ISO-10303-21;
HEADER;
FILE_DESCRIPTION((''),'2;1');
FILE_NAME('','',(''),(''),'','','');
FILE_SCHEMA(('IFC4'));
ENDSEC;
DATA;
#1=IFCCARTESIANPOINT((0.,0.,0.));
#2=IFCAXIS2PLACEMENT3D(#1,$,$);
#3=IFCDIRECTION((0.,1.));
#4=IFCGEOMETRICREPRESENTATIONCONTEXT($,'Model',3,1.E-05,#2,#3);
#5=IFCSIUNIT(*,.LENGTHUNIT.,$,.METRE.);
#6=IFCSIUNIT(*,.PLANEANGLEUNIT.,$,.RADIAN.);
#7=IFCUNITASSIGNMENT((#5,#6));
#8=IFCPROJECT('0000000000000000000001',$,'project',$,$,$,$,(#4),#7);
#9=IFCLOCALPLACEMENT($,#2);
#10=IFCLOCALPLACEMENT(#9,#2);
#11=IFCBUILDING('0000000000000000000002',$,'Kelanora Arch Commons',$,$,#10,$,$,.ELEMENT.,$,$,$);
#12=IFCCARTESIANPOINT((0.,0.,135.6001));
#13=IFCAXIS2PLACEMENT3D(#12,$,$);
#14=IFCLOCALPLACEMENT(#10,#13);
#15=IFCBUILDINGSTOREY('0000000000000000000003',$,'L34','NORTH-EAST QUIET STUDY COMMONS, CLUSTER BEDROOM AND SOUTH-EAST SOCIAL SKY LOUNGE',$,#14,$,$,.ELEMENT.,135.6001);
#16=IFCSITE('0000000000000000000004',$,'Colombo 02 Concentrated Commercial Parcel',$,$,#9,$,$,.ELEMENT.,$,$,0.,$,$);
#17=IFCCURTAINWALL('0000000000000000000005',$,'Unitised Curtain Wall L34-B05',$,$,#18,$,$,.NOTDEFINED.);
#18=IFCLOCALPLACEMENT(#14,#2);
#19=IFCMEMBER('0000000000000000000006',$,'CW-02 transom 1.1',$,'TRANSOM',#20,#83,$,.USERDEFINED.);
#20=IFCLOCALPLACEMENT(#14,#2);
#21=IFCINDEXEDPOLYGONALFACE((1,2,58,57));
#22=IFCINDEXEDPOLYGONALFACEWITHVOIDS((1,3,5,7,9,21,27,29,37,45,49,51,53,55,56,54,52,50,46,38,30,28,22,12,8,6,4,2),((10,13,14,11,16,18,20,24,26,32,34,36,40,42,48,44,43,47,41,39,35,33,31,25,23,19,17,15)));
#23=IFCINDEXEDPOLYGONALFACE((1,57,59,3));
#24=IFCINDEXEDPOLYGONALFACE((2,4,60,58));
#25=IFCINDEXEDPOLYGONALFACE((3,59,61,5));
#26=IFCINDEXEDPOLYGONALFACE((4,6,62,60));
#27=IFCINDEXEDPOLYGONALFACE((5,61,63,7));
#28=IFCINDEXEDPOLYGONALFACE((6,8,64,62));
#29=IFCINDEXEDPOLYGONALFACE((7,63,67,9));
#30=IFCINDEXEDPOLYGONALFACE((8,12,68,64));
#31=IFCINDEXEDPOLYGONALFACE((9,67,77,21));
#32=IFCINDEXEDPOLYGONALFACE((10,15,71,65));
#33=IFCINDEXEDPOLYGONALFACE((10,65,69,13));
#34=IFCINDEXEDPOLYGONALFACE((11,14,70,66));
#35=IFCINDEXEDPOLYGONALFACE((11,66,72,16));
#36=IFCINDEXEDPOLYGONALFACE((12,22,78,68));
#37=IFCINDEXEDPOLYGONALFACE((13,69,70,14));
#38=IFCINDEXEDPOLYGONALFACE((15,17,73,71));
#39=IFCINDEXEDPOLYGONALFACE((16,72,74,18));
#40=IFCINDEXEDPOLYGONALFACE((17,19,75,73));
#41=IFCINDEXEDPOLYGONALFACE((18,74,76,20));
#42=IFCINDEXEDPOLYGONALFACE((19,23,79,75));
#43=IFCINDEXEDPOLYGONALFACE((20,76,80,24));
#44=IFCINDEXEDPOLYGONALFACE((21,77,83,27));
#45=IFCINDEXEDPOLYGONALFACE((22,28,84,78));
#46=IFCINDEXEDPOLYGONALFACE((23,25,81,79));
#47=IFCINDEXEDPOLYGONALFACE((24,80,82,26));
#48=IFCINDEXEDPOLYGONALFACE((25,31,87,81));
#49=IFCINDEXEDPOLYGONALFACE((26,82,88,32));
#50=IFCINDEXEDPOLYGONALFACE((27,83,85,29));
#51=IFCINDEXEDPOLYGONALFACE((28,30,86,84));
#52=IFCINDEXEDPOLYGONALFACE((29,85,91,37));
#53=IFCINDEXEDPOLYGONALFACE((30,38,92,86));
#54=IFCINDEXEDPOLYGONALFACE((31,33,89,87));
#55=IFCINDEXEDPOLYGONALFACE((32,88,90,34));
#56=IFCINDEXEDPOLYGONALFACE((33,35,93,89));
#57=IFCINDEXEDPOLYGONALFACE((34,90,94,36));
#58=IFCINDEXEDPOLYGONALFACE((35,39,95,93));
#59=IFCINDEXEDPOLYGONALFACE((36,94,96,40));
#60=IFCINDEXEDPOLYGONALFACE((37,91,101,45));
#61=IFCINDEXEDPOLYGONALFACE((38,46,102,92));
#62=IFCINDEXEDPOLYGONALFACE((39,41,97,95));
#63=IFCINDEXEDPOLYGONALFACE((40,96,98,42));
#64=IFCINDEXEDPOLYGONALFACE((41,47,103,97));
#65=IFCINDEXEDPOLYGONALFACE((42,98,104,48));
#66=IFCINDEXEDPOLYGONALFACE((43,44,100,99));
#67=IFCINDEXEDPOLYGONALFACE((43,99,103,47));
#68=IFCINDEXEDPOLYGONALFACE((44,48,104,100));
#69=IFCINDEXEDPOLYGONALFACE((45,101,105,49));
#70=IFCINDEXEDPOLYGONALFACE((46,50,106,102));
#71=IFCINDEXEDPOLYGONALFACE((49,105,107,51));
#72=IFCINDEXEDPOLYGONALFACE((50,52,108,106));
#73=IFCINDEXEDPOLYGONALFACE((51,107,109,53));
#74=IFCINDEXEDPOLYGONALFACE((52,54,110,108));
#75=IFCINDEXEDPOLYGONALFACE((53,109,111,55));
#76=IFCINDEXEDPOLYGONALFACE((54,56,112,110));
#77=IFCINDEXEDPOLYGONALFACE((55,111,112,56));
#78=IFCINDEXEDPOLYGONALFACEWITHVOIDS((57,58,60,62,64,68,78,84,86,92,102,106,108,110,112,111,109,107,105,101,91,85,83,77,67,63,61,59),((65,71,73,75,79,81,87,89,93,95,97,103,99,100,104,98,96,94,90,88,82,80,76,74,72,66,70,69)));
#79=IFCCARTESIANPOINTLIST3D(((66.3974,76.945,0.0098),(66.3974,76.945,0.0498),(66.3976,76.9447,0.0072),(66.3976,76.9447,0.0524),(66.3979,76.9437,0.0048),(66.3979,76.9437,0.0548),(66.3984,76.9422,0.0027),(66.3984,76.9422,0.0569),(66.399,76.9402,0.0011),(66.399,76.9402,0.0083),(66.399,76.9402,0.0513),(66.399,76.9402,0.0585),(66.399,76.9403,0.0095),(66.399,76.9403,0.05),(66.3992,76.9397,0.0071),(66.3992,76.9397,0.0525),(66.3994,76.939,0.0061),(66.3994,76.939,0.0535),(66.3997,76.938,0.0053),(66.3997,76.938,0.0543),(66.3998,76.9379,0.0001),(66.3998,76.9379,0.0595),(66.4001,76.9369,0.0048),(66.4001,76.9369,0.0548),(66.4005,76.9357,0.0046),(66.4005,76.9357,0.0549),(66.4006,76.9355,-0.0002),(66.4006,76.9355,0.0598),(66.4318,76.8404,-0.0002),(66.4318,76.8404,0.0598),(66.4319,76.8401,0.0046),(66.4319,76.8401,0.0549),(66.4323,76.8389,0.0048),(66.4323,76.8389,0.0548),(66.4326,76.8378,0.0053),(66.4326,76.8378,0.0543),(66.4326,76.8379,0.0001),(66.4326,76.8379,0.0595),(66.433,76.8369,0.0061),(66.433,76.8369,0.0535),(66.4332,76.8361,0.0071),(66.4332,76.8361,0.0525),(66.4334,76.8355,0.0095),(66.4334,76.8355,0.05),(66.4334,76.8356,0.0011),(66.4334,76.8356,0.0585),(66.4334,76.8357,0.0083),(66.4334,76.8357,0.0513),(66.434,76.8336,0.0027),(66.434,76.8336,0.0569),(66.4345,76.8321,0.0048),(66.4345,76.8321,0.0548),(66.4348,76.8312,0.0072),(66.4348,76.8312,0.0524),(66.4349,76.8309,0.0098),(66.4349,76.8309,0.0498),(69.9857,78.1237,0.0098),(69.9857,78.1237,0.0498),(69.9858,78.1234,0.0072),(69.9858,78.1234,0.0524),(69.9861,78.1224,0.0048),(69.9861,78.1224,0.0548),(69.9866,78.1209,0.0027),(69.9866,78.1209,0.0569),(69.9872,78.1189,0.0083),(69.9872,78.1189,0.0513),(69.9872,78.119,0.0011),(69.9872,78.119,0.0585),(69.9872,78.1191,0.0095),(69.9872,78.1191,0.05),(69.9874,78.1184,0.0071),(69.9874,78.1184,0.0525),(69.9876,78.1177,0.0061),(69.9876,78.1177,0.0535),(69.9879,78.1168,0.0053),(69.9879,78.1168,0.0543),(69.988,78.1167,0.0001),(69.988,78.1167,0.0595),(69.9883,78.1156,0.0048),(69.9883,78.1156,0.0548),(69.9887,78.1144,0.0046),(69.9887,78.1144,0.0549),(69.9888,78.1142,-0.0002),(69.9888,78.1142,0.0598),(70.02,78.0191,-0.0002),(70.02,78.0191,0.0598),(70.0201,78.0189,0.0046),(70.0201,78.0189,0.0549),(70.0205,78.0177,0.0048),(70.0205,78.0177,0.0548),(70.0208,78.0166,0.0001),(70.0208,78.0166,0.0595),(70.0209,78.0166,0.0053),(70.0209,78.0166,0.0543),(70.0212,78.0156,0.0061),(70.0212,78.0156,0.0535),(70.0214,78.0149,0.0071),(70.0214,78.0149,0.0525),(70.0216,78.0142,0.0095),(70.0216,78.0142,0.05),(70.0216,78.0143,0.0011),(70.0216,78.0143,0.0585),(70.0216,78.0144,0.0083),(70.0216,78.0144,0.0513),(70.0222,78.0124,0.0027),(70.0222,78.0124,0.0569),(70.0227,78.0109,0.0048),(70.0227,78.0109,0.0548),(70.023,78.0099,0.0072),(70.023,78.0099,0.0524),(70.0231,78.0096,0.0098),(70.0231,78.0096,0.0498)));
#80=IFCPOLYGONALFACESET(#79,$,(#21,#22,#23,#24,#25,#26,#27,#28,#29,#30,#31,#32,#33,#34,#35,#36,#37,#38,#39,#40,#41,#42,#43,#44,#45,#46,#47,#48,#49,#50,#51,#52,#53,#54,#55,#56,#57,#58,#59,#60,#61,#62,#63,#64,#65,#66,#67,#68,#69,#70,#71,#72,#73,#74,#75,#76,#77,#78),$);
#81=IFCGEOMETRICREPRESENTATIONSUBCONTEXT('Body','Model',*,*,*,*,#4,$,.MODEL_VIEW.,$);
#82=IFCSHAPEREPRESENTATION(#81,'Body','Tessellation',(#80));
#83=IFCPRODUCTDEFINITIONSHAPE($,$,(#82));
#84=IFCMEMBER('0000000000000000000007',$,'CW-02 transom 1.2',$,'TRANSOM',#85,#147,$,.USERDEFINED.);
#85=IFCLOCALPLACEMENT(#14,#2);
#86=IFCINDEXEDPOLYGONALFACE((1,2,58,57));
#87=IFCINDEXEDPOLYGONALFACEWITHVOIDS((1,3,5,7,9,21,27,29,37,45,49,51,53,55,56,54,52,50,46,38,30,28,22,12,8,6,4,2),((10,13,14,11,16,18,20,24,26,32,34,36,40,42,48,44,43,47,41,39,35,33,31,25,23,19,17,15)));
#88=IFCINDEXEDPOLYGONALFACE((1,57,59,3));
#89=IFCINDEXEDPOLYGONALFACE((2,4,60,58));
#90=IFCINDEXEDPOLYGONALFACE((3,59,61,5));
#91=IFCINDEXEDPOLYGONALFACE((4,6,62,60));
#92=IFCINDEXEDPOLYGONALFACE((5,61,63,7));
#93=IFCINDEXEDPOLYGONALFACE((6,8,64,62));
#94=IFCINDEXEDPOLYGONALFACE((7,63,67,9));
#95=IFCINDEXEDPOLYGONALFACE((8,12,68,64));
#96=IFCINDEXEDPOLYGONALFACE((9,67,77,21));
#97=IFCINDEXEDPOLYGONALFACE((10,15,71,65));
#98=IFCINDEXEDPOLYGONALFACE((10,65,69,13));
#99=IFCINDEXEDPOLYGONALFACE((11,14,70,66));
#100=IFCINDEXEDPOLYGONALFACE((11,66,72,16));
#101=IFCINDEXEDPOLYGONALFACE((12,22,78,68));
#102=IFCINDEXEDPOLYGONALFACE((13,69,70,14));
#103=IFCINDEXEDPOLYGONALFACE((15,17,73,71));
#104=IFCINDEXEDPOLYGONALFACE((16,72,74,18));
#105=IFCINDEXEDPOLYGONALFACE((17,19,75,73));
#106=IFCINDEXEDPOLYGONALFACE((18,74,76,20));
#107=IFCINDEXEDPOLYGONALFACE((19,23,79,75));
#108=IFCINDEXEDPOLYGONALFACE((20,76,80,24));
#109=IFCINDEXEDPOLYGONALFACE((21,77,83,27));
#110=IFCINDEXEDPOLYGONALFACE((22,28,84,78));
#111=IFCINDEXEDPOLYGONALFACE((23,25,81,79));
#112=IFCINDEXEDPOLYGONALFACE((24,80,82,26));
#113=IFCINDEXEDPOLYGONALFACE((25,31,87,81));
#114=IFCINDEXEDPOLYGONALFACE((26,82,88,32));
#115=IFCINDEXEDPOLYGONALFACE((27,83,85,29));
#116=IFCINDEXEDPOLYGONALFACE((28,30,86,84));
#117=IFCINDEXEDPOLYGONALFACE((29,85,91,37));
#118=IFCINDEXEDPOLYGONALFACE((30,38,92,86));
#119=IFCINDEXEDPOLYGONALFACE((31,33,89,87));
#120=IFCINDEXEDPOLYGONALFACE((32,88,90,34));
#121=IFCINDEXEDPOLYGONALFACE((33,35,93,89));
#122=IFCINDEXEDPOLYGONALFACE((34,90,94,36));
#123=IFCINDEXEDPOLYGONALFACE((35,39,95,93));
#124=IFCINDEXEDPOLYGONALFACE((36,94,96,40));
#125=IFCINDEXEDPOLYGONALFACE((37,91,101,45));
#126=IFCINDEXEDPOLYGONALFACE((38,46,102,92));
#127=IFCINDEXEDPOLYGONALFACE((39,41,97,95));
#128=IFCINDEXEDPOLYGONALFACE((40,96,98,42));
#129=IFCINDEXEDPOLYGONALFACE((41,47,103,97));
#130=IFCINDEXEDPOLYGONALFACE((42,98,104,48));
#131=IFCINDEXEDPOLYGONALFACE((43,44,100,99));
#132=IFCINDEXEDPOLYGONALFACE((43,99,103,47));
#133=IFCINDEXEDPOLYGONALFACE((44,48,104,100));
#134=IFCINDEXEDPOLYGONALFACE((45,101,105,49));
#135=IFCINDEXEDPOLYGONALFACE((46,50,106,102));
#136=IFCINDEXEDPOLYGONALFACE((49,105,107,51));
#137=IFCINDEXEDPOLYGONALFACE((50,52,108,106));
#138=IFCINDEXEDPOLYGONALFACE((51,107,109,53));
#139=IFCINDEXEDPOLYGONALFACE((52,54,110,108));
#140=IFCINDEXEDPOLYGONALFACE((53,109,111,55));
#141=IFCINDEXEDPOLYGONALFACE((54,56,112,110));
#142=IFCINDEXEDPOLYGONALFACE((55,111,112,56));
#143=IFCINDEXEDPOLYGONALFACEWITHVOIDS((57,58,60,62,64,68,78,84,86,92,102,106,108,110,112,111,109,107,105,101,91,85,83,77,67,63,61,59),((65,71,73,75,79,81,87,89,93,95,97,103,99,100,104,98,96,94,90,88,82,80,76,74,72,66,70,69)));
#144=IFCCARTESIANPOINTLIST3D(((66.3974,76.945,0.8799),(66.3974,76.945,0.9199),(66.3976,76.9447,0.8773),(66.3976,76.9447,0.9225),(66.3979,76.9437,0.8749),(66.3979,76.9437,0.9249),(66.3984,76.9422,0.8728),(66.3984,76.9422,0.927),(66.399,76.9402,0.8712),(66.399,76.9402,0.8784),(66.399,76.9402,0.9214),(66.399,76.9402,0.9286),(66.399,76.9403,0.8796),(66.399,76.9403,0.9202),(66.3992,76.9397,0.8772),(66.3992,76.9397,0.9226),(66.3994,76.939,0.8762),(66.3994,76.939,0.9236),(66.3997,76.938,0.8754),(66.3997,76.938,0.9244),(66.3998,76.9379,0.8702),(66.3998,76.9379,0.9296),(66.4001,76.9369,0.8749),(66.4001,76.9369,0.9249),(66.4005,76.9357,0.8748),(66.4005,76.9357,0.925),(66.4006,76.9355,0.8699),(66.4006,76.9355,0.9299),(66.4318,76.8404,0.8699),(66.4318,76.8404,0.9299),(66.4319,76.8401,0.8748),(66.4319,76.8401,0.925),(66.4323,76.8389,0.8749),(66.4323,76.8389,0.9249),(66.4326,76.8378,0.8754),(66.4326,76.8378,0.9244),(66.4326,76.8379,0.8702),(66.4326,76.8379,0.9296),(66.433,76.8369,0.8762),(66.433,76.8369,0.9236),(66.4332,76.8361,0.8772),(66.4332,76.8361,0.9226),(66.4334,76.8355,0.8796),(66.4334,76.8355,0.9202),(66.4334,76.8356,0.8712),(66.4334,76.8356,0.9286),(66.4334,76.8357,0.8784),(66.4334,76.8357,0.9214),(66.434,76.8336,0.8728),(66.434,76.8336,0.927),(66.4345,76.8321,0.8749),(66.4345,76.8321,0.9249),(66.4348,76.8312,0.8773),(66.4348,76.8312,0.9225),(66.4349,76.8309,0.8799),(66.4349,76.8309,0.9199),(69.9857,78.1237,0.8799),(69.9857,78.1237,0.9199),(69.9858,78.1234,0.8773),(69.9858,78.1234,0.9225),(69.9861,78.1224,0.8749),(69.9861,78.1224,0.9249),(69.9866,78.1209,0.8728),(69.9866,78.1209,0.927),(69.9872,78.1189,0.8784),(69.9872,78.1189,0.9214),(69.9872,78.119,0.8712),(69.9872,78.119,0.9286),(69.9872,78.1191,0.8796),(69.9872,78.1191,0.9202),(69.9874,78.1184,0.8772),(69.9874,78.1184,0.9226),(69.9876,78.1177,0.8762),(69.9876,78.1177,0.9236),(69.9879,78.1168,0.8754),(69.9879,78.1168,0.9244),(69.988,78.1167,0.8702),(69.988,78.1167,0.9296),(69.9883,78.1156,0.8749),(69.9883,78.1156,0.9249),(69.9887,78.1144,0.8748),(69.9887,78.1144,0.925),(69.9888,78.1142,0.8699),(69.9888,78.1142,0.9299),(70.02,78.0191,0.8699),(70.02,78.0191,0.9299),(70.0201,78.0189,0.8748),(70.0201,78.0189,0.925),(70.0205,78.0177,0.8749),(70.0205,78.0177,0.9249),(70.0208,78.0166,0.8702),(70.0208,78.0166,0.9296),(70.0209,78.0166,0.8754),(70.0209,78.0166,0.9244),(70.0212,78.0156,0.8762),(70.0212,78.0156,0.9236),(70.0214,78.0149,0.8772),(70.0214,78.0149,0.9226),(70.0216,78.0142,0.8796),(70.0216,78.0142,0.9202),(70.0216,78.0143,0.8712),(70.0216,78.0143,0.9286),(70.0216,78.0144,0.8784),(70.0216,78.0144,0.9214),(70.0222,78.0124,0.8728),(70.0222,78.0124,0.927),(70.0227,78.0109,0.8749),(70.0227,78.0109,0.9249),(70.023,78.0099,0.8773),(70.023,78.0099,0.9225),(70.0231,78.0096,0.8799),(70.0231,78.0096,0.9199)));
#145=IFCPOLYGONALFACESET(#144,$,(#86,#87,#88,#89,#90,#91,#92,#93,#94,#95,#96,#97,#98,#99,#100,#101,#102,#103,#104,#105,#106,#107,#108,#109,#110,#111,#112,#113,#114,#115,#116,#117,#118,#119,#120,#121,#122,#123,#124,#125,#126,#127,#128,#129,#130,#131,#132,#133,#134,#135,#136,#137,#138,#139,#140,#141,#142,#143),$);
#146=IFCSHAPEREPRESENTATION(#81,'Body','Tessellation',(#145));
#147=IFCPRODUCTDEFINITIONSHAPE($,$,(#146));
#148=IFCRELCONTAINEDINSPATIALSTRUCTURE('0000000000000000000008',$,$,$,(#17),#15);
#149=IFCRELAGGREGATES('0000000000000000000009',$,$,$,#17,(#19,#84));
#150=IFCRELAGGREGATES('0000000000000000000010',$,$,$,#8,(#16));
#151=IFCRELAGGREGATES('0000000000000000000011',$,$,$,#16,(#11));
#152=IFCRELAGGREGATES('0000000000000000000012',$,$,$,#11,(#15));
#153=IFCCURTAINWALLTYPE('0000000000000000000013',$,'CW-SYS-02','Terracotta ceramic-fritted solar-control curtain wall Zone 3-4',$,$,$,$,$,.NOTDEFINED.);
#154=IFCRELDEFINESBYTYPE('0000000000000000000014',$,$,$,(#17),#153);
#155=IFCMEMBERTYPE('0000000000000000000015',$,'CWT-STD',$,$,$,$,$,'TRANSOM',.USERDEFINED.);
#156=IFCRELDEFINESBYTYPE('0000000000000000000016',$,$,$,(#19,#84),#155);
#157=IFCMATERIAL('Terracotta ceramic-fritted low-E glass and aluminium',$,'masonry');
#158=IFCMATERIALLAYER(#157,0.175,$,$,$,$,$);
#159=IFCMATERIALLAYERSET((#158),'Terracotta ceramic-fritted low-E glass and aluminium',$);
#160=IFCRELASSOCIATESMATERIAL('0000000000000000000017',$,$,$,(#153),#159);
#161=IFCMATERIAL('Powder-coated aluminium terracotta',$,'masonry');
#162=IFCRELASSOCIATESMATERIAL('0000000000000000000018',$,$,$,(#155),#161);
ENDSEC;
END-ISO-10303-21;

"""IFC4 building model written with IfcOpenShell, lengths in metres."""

from ifc_helpers import new_model, si_unit, direction, frame, origin, origin_2d, place, context, subcontext, project, spatial, hollow_rectangle, extrude, material, layer, layer_set, material_profile, profile_set, type_object, element, aggregate, save


model = new_model("IFC4")

# Units and contexts
model_context = context("Model", 3, precision=1e-05, world=origin(), true_north=direction((0.0, 1.0)))
body_context = subcontext(model_context, "Body", "Model", "MODEL_VIEW")
ifc_project = project(units=[si_unit("LENGTHUNIT", "METRE"), si_unit("PLANEANGLEUNIT", "RADIAN")], contexts=[model_context])

# Site, building, storey
site_placement = place(None, origin())
site = spatial("IfcSite", under=ifc_project, at=site_placement, Name="Colombo 02 Concentrated Commercial Parcel", CompositionType="ELEMENT", RefElevation=0.0)
building_placement = place(site_placement, origin())
building = spatial("IfcBuilding", under=site, at=building_placement, Name="Kelanora Arch Commons", CompositionType="ELEMENT")
storey_placement = place(building_placement, frame((0.0, 0.0, 135.6001)))
storey = spatial("IfcBuildingStorey", under=building, at=storey_placement, Name="L34", Description="NORTH-EAST QUIET STUDY COMMONS, CLUSTER BEDROOM AND SOUTH-EAST SOCIAL SKY LOUNGE", CompositionType="ELEMENT", Elevation=135.6001)

# Curtain wall, members
ifc_material_1 = material(Name="Terracotta ceramic-fritted low-E glass and aluminium", Category="masonry")
ifc_layer_1 = layer(ifc_material_1, 0.175)
ifc_layer_set_1 = layer_set([ifc_layer_1], Name="Terracotta ceramic-fritted low-E glass and aluminium")
curtain_wall_type = type_object("IfcCurtainWallType", Name="CW-SYS-02", Description="Terracotta ceramic-fritted solar-control curtain wall Zone 3-4", PredefinedType="NOTDEFINED", material=ifc_layer_set_1)
curtain_wall_placement = place(storey_placement, origin())
curtain_wall = element("IfcCurtainWall", 1, at=curtain_wall_placement, inside=storey, type_object=curtain_wall_type, Name="Unitised Curtain Wall L34-B05", PredefinedType="NOTDEFINED")
ifc_material_2 = material(Name="Powder-coated aluminium terracotta", Category="masonry")
ifc_material_profile_1 = material_profile(ifc_material_2, hollow_rectangle(XDim=0.1201, YDim=0.0601, WallThickness=0.0049, InnerFilletRadius=0.0049, OuterFilletRadius=0.01, at=origin_2d()), Name="CWT120x60")
ifc_profile_set_1 = profile_set([ifc_material_profile_1], Name="Powder-coated aluminium terracotta")
member_type_1 = type_object("IfcMemberType", Name="CWT-STD", ElementType="TRANSOM", PredefinedType="USERDEFINED", material=ifc_profile_set_1)
member_1_placement = place(storey_placement, frame((70.0044, 78.0667, 0.0298), z_axis=(-0.950051, -0.312094, 0.0), x_axis=(0.312094, -0.950051, 0.0)))
member_1 = element("IfcMember", 2, at=member_1_placement, type_object=member_type_1, Name="CW-02 transom 1.1", ObjectType="TRANSOM", PredefinedType="USERDEFINED", context=body_context, shape_type="SweptSolid", body=[
    extrude(hollow_rectangle(XDim=0.1201, YDim=0.0601, WallThickness=0.0049, InnerFilletRadius=0.0049, OuterFilletRadius=0.01, at=origin_2d()), origin(), (0.0, 0.0, 1.0), 3.7769),
])
member_2_placement = place(storey_placement, frame((70.0044, 78.0667, 0.8999), z_axis=(-0.950051, -0.312094, 0.0), x_axis=(0.312094, -0.950051, 0.0)))
member_2 = element("IfcMember", 3, at=member_2_placement, type_object=member_type_1, Name="CW-02 transom 1.2", ObjectType="TRANSOM", PredefinedType="USERDEFINED", context=body_context, shape_type="SweptSolid", body=[
    extrude(hollow_rectangle(XDim=0.1201, YDim=0.0601, WallThickness=0.0049, InnerFilletRadius=0.0049, OuterFilletRadius=0.01, at=origin_2d()), origin(), (0.0, 0.0, 1.0), 3.7769),
])
aggregate(curtain_wall, [member_1, member_2])

save(model, "model.ifc")
